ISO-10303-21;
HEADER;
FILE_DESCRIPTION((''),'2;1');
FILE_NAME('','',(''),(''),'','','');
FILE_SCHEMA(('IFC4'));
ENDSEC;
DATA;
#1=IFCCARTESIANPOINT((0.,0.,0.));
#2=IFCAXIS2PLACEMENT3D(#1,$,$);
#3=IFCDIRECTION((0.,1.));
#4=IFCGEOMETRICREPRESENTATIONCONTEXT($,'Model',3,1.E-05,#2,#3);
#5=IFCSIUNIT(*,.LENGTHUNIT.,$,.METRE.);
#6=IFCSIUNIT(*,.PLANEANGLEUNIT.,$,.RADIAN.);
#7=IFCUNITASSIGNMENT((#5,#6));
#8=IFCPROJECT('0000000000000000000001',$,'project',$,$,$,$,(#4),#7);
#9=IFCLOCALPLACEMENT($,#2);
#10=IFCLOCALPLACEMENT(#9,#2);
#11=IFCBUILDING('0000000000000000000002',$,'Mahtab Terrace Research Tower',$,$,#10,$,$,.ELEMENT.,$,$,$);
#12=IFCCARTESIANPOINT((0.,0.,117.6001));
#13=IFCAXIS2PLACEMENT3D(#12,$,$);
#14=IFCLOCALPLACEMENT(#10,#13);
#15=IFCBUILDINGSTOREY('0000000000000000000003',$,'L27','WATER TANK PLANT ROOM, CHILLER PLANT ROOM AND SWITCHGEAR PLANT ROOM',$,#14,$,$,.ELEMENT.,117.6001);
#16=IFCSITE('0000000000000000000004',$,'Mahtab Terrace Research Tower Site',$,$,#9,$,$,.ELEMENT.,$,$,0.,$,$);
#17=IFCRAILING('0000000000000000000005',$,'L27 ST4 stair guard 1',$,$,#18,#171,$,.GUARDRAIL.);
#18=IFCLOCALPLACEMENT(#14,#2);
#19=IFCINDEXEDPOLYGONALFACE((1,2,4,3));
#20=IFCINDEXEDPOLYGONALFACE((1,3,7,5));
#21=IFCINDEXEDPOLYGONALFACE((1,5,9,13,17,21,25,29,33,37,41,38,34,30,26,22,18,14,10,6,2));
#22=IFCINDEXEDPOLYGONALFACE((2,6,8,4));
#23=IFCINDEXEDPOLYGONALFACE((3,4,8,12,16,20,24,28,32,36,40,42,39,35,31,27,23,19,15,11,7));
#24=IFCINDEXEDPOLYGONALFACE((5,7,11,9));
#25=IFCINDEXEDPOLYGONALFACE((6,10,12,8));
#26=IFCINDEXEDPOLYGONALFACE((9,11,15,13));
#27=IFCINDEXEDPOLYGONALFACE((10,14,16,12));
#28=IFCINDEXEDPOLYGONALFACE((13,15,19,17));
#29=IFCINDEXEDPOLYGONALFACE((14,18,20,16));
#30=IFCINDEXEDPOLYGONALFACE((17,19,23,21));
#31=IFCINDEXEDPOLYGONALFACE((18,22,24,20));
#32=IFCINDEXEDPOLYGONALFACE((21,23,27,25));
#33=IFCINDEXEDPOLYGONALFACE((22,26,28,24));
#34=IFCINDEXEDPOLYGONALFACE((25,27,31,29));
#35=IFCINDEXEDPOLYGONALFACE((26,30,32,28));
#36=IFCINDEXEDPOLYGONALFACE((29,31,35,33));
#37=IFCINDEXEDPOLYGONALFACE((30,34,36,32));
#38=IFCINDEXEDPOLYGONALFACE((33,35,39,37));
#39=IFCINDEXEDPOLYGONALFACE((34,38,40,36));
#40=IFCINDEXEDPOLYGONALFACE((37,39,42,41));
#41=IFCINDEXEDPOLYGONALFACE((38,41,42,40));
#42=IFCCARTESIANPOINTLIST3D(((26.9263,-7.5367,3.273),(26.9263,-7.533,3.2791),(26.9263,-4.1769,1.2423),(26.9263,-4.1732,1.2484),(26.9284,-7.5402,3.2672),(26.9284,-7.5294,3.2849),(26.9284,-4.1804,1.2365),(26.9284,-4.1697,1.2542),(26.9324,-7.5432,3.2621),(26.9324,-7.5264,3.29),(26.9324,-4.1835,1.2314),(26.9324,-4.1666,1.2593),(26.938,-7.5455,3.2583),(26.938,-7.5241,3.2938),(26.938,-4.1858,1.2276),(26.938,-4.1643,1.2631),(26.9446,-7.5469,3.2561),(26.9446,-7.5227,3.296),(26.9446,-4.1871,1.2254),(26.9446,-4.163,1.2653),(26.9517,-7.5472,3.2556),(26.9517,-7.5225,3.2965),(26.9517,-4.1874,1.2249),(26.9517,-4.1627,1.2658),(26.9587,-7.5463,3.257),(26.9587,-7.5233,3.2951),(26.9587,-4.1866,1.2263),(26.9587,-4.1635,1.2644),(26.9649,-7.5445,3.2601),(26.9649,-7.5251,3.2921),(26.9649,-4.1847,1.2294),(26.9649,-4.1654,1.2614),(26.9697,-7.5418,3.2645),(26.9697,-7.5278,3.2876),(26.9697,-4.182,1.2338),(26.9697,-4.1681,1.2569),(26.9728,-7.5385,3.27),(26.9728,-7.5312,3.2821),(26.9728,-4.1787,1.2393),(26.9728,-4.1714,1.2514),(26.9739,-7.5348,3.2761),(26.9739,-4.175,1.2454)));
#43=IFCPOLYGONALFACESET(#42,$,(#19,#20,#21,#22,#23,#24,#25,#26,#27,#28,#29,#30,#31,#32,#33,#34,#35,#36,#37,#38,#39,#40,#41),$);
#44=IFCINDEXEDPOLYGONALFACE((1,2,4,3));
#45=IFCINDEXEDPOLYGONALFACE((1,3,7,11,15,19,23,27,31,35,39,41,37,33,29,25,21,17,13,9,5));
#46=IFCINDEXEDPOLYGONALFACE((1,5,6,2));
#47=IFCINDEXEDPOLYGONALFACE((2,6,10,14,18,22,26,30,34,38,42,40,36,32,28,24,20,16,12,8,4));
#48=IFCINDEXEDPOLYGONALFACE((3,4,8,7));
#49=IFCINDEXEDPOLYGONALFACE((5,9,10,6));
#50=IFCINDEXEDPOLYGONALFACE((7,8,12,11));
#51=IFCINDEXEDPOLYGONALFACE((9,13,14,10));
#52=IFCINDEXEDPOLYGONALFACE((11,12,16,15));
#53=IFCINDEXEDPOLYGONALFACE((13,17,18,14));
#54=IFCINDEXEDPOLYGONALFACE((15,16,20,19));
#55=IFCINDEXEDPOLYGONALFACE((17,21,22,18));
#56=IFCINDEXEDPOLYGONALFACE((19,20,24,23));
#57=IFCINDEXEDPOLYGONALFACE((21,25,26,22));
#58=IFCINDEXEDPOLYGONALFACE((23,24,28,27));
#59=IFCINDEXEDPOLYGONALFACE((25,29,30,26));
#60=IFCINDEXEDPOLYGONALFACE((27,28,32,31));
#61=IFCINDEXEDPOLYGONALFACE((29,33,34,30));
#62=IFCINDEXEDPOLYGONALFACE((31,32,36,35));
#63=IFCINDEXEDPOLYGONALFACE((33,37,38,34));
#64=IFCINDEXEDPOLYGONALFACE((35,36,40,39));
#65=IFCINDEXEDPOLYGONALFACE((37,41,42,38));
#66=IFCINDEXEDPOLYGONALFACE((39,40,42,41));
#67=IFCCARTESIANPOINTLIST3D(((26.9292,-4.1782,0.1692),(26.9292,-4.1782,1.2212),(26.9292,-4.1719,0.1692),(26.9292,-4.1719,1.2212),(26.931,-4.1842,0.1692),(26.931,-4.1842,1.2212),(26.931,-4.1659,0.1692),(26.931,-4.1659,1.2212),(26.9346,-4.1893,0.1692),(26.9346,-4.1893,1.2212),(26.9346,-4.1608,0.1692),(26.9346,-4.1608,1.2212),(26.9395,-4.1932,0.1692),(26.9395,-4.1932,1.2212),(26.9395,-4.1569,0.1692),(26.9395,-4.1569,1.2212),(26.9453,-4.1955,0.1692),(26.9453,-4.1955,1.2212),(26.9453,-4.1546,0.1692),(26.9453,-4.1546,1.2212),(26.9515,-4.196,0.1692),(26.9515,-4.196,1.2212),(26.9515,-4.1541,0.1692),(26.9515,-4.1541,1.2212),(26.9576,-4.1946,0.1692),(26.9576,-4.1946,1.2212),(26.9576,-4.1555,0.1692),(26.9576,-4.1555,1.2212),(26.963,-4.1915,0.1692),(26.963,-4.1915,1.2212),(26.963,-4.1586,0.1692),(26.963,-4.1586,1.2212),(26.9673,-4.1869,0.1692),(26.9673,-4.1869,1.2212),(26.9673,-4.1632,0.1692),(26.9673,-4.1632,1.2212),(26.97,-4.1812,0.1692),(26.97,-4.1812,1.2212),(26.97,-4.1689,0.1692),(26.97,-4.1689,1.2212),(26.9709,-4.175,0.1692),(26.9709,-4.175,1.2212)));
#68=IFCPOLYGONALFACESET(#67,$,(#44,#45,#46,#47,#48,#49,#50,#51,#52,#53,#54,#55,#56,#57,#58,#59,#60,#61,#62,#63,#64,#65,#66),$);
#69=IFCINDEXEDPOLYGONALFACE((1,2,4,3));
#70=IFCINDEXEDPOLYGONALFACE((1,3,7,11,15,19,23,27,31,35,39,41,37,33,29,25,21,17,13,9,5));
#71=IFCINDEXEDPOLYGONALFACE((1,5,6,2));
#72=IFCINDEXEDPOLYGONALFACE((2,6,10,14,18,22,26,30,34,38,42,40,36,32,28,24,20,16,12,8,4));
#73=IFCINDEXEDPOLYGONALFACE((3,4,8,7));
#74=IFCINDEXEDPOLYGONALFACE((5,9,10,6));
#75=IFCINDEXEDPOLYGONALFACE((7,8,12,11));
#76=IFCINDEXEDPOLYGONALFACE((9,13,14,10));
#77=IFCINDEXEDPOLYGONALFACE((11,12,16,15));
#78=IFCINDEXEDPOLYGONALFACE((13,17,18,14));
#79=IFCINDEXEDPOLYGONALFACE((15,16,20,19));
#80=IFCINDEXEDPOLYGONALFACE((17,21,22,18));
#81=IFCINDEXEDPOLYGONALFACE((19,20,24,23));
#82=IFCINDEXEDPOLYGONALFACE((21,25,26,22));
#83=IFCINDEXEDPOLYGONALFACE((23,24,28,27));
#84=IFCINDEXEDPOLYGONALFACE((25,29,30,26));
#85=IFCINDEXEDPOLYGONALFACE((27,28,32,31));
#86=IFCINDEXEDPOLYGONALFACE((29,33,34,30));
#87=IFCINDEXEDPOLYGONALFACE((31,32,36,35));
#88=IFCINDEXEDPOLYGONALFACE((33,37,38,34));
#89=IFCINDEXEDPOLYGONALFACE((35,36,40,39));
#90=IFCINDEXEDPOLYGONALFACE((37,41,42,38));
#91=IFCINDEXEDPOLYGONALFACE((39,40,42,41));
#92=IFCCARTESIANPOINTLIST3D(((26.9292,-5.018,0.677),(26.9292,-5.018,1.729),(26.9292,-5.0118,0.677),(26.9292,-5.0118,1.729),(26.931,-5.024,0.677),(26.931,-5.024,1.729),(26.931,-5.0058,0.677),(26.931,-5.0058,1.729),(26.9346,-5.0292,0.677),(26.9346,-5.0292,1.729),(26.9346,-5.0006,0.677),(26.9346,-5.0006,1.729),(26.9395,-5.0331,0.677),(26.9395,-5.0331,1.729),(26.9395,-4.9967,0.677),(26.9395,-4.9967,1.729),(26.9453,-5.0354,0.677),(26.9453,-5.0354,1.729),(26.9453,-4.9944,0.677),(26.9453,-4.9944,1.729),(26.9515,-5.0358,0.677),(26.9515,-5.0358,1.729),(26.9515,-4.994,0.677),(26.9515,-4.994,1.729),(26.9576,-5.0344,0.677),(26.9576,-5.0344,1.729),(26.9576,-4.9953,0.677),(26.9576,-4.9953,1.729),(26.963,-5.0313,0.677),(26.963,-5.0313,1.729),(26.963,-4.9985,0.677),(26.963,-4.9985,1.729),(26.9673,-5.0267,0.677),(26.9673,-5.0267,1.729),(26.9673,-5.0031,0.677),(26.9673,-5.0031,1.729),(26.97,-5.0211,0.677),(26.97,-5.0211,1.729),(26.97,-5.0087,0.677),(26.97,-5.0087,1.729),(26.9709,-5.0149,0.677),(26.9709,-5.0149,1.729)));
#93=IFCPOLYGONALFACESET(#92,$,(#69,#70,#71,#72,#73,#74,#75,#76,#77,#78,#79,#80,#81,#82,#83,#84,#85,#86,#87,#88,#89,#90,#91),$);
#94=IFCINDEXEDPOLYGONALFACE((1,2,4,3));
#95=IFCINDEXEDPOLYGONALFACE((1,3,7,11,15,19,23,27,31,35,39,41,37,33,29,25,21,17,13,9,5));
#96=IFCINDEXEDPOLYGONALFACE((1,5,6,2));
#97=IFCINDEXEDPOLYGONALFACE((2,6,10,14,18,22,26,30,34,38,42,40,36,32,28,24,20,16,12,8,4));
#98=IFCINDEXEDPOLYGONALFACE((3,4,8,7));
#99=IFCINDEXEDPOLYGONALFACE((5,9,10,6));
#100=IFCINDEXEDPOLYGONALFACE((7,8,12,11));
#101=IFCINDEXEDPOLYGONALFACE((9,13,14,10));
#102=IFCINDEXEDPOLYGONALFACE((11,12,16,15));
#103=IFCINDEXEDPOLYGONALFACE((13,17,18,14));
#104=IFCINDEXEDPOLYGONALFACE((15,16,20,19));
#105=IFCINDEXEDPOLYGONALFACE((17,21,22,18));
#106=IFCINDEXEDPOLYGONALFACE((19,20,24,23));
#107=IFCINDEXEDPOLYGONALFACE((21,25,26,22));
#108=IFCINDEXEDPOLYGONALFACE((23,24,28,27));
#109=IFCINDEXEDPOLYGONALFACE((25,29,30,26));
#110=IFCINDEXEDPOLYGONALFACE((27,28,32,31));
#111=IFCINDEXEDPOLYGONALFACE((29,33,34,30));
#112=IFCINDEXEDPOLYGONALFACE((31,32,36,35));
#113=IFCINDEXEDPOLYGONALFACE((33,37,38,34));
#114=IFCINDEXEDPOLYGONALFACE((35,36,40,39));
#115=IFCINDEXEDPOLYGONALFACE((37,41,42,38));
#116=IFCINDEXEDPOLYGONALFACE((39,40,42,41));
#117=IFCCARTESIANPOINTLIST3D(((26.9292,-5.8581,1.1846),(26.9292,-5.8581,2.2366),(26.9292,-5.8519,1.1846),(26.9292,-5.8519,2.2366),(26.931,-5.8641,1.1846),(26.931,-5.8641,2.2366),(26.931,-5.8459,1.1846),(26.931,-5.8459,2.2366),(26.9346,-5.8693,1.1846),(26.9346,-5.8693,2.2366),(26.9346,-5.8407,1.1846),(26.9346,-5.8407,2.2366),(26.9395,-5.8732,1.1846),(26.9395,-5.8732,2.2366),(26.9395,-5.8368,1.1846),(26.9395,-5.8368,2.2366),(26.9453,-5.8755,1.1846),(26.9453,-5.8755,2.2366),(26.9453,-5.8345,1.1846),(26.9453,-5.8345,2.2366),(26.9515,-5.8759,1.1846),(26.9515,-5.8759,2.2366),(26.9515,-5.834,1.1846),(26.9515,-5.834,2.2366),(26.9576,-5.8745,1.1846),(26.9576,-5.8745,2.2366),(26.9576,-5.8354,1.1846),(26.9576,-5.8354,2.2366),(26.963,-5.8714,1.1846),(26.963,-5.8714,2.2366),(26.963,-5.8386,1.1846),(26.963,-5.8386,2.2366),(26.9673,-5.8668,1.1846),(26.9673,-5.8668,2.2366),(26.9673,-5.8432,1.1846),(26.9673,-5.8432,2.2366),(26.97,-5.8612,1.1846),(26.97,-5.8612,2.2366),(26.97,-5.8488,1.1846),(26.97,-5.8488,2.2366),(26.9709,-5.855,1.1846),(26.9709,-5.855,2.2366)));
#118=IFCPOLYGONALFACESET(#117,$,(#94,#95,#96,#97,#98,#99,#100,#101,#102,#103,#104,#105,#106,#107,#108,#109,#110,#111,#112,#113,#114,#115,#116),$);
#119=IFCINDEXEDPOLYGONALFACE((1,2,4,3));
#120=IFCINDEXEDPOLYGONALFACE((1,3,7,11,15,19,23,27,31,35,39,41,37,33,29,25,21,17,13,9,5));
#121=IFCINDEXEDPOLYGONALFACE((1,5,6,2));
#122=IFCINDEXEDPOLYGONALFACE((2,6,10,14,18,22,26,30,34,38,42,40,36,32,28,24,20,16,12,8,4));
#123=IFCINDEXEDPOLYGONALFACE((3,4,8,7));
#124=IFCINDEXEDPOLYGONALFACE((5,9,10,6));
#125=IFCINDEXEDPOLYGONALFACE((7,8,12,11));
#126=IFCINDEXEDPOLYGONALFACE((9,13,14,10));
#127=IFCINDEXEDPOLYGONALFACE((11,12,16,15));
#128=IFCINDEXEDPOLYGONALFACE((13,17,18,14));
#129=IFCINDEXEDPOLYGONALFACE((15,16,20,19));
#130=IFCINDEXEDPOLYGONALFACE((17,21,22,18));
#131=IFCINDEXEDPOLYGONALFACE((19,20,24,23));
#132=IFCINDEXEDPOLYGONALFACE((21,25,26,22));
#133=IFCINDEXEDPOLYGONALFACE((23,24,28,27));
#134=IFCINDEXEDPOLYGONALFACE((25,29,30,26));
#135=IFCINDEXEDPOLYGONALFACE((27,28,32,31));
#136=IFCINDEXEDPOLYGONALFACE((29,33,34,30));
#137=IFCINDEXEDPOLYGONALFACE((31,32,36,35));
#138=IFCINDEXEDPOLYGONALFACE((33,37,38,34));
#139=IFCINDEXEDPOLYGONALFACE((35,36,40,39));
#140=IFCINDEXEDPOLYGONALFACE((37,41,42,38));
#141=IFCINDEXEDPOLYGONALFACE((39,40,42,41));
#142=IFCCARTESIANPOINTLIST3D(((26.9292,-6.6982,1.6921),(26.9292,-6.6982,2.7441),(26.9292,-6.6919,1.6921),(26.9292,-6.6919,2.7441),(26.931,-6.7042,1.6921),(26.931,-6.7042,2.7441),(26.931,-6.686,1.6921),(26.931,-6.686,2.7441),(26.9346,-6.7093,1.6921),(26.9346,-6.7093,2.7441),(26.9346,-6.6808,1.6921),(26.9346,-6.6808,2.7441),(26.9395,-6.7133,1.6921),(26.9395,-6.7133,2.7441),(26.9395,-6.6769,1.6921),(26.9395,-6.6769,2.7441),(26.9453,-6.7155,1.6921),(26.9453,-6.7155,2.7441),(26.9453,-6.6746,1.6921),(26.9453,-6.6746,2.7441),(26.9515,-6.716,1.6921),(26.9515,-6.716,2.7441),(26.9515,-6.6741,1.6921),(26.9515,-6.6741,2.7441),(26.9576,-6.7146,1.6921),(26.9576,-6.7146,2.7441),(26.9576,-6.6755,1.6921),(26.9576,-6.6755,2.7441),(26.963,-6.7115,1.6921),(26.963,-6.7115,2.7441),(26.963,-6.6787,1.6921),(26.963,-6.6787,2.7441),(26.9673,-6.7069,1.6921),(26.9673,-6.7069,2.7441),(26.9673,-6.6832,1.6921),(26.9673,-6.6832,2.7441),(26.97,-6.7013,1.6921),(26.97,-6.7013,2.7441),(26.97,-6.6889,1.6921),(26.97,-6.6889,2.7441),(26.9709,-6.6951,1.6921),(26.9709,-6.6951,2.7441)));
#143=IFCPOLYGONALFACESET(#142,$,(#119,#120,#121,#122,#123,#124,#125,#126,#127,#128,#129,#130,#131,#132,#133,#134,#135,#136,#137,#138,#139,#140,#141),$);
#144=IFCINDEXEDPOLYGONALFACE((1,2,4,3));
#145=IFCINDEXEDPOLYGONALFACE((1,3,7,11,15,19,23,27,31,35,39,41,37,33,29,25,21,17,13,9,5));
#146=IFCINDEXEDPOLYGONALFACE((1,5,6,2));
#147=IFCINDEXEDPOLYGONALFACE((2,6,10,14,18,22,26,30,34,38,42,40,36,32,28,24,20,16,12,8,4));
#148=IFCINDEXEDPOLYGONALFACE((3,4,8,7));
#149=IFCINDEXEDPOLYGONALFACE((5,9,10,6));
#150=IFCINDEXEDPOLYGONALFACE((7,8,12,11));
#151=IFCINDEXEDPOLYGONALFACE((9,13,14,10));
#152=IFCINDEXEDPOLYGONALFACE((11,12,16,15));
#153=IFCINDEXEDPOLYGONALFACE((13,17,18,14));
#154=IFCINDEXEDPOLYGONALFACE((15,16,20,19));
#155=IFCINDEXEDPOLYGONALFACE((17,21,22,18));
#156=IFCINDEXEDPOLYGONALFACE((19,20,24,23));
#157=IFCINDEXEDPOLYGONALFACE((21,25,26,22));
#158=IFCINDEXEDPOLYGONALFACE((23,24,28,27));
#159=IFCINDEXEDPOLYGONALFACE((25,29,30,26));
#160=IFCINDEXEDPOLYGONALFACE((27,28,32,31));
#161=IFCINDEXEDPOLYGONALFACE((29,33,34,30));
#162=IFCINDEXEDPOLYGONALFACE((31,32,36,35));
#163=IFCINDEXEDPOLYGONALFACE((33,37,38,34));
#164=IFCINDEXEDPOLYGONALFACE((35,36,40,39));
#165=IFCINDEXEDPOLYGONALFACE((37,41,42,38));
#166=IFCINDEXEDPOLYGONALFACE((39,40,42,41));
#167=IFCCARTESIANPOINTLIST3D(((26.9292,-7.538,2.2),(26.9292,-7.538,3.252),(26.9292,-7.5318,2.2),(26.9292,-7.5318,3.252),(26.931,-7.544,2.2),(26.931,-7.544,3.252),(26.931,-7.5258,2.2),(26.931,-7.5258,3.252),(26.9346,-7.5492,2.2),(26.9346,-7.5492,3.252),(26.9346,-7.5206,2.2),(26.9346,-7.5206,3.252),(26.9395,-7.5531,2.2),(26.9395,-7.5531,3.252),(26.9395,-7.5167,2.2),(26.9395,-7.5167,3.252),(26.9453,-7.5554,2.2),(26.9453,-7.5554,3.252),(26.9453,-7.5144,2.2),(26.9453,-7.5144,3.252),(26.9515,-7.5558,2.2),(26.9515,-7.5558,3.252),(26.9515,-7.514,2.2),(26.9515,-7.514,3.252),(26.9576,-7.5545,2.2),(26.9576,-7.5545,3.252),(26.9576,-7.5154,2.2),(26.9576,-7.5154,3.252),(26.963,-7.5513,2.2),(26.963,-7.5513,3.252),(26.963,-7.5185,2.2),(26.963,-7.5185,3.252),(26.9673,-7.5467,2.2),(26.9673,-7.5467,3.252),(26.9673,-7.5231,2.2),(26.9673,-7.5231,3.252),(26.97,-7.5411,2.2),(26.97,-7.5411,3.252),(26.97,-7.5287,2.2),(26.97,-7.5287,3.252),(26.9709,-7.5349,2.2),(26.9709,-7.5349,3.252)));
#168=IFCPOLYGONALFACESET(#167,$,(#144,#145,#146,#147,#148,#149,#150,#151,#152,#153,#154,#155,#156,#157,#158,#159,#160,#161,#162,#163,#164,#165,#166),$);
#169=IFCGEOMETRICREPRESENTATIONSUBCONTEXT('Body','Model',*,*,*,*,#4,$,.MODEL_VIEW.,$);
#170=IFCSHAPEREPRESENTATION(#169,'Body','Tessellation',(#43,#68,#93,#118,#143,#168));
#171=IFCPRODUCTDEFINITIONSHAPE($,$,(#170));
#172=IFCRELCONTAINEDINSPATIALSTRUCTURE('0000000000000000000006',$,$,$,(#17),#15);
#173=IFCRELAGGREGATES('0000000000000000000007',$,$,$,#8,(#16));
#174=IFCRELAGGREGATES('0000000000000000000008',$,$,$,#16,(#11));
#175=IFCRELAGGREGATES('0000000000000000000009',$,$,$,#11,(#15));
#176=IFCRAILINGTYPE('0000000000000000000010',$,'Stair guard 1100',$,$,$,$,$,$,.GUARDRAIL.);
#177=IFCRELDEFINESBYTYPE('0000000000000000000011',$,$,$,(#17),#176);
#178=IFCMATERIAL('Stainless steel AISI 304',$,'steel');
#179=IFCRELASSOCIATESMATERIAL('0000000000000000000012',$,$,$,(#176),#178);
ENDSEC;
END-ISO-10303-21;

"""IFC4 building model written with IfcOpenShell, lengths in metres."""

from ifc_helpers import new_model, si_unit, direction, frame, origin, origin_2d, place, context, subcontext, project, spatial, circle, extrude, material, type_object, element, save


model = new_model("IFC4")

# Units and contexts
model_context = context("Model", 3, precision=1e-05, world=origin(), true_north=direction((0.0, 1.0)))
body_context = subcontext(model_context, "Body", "Model", "MODEL_VIEW")
ifc_project = project(units=[si_unit("LENGTHUNIT", "METRE"), si_unit("PLANEANGLEUNIT", "RADIAN")], contexts=[model_context])

# Site, building, storey
site_placement = place(None, origin())
site = spatial("IfcSite", under=ifc_project, at=site_placement, Name="Mahtab Terrace Research Tower Site", CompositionType="ELEMENT", RefElevation=0.0)
building_placement = place(site_placement, origin())
building = spatial("IfcBuilding", under=site, at=building_placement, Name="Mahtab Terrace Research Tower", CompositionType="ELEMENT")
storey_placement = place(building_placement, frame((0.0, 0.0, 117.6001)))
storey = spatial("IfcBuildingStorey", under=building, at=storey_placement, Name="L27", Description="WATER TANK PLANT ROOM, CHILLER PLANT ROOM AND SWITCHGEAR PLANT ROOM", CompositionType="ELEMENT", Elevation=117.6001)

# Railing
ifc_material_1 = material(Name="Stainless steel AISI 304", Category="steel")
railing_type_1 = type_object("IfcRailingType", Name="Stair guard 1100", PredefinedType="GUARDRAIL", material=ifc_material_1)
railing_1_placement = place(storey_placement, frame((26.95, -4.175, 0.1692)))
element("IfcRailing", 1, at=railing_1_placement, inside=storey, type_object=railing_type_1, Name="L27 ST4 stair guard 1", PredefinedType="GUARDRAIL", context=body_context, shape_type="SweptSolid", body=[
    extrude(circle(Radius=0.0239, at=origin_2d()), frame((0.0, 0.0, 1.0762), z_axis=(0.0, -0.85582, 0.517273), x_axis=(1.0, 0.0, 0.0)), (0.0, 0.0, 1.0), 3.9258),
    extrude(circle(Radius=0.021, at=origin_2d()), origin(), (0.0, 0.0, 1.0), 1.052),
    extrude(circle(Radius=0.021, at=origin_2d()), frame((0.0, -0.8398, 0.5078)), (0.0, 0.0, 1.0), 1.052),
    extrude(circle(Radius=0.021, at=origin_2d()), frame((0.0, -1.6799, 1.0154)), (0.0, 0.0, 1.0), 1.052),
    extrude(circle(Radius=0.021, at=origin_2d()), frame((0.0, -2.52, 1.5229)), (0.0, 0.0, 1.0), 1.052),
    extrude(circle(Radius=0.021, at=origin_2d()), frame((0.0, -3.3599, 2.0308)), (0.0, 0.0, 1.0), 1.052),
])

save(model, "model.ifc")
